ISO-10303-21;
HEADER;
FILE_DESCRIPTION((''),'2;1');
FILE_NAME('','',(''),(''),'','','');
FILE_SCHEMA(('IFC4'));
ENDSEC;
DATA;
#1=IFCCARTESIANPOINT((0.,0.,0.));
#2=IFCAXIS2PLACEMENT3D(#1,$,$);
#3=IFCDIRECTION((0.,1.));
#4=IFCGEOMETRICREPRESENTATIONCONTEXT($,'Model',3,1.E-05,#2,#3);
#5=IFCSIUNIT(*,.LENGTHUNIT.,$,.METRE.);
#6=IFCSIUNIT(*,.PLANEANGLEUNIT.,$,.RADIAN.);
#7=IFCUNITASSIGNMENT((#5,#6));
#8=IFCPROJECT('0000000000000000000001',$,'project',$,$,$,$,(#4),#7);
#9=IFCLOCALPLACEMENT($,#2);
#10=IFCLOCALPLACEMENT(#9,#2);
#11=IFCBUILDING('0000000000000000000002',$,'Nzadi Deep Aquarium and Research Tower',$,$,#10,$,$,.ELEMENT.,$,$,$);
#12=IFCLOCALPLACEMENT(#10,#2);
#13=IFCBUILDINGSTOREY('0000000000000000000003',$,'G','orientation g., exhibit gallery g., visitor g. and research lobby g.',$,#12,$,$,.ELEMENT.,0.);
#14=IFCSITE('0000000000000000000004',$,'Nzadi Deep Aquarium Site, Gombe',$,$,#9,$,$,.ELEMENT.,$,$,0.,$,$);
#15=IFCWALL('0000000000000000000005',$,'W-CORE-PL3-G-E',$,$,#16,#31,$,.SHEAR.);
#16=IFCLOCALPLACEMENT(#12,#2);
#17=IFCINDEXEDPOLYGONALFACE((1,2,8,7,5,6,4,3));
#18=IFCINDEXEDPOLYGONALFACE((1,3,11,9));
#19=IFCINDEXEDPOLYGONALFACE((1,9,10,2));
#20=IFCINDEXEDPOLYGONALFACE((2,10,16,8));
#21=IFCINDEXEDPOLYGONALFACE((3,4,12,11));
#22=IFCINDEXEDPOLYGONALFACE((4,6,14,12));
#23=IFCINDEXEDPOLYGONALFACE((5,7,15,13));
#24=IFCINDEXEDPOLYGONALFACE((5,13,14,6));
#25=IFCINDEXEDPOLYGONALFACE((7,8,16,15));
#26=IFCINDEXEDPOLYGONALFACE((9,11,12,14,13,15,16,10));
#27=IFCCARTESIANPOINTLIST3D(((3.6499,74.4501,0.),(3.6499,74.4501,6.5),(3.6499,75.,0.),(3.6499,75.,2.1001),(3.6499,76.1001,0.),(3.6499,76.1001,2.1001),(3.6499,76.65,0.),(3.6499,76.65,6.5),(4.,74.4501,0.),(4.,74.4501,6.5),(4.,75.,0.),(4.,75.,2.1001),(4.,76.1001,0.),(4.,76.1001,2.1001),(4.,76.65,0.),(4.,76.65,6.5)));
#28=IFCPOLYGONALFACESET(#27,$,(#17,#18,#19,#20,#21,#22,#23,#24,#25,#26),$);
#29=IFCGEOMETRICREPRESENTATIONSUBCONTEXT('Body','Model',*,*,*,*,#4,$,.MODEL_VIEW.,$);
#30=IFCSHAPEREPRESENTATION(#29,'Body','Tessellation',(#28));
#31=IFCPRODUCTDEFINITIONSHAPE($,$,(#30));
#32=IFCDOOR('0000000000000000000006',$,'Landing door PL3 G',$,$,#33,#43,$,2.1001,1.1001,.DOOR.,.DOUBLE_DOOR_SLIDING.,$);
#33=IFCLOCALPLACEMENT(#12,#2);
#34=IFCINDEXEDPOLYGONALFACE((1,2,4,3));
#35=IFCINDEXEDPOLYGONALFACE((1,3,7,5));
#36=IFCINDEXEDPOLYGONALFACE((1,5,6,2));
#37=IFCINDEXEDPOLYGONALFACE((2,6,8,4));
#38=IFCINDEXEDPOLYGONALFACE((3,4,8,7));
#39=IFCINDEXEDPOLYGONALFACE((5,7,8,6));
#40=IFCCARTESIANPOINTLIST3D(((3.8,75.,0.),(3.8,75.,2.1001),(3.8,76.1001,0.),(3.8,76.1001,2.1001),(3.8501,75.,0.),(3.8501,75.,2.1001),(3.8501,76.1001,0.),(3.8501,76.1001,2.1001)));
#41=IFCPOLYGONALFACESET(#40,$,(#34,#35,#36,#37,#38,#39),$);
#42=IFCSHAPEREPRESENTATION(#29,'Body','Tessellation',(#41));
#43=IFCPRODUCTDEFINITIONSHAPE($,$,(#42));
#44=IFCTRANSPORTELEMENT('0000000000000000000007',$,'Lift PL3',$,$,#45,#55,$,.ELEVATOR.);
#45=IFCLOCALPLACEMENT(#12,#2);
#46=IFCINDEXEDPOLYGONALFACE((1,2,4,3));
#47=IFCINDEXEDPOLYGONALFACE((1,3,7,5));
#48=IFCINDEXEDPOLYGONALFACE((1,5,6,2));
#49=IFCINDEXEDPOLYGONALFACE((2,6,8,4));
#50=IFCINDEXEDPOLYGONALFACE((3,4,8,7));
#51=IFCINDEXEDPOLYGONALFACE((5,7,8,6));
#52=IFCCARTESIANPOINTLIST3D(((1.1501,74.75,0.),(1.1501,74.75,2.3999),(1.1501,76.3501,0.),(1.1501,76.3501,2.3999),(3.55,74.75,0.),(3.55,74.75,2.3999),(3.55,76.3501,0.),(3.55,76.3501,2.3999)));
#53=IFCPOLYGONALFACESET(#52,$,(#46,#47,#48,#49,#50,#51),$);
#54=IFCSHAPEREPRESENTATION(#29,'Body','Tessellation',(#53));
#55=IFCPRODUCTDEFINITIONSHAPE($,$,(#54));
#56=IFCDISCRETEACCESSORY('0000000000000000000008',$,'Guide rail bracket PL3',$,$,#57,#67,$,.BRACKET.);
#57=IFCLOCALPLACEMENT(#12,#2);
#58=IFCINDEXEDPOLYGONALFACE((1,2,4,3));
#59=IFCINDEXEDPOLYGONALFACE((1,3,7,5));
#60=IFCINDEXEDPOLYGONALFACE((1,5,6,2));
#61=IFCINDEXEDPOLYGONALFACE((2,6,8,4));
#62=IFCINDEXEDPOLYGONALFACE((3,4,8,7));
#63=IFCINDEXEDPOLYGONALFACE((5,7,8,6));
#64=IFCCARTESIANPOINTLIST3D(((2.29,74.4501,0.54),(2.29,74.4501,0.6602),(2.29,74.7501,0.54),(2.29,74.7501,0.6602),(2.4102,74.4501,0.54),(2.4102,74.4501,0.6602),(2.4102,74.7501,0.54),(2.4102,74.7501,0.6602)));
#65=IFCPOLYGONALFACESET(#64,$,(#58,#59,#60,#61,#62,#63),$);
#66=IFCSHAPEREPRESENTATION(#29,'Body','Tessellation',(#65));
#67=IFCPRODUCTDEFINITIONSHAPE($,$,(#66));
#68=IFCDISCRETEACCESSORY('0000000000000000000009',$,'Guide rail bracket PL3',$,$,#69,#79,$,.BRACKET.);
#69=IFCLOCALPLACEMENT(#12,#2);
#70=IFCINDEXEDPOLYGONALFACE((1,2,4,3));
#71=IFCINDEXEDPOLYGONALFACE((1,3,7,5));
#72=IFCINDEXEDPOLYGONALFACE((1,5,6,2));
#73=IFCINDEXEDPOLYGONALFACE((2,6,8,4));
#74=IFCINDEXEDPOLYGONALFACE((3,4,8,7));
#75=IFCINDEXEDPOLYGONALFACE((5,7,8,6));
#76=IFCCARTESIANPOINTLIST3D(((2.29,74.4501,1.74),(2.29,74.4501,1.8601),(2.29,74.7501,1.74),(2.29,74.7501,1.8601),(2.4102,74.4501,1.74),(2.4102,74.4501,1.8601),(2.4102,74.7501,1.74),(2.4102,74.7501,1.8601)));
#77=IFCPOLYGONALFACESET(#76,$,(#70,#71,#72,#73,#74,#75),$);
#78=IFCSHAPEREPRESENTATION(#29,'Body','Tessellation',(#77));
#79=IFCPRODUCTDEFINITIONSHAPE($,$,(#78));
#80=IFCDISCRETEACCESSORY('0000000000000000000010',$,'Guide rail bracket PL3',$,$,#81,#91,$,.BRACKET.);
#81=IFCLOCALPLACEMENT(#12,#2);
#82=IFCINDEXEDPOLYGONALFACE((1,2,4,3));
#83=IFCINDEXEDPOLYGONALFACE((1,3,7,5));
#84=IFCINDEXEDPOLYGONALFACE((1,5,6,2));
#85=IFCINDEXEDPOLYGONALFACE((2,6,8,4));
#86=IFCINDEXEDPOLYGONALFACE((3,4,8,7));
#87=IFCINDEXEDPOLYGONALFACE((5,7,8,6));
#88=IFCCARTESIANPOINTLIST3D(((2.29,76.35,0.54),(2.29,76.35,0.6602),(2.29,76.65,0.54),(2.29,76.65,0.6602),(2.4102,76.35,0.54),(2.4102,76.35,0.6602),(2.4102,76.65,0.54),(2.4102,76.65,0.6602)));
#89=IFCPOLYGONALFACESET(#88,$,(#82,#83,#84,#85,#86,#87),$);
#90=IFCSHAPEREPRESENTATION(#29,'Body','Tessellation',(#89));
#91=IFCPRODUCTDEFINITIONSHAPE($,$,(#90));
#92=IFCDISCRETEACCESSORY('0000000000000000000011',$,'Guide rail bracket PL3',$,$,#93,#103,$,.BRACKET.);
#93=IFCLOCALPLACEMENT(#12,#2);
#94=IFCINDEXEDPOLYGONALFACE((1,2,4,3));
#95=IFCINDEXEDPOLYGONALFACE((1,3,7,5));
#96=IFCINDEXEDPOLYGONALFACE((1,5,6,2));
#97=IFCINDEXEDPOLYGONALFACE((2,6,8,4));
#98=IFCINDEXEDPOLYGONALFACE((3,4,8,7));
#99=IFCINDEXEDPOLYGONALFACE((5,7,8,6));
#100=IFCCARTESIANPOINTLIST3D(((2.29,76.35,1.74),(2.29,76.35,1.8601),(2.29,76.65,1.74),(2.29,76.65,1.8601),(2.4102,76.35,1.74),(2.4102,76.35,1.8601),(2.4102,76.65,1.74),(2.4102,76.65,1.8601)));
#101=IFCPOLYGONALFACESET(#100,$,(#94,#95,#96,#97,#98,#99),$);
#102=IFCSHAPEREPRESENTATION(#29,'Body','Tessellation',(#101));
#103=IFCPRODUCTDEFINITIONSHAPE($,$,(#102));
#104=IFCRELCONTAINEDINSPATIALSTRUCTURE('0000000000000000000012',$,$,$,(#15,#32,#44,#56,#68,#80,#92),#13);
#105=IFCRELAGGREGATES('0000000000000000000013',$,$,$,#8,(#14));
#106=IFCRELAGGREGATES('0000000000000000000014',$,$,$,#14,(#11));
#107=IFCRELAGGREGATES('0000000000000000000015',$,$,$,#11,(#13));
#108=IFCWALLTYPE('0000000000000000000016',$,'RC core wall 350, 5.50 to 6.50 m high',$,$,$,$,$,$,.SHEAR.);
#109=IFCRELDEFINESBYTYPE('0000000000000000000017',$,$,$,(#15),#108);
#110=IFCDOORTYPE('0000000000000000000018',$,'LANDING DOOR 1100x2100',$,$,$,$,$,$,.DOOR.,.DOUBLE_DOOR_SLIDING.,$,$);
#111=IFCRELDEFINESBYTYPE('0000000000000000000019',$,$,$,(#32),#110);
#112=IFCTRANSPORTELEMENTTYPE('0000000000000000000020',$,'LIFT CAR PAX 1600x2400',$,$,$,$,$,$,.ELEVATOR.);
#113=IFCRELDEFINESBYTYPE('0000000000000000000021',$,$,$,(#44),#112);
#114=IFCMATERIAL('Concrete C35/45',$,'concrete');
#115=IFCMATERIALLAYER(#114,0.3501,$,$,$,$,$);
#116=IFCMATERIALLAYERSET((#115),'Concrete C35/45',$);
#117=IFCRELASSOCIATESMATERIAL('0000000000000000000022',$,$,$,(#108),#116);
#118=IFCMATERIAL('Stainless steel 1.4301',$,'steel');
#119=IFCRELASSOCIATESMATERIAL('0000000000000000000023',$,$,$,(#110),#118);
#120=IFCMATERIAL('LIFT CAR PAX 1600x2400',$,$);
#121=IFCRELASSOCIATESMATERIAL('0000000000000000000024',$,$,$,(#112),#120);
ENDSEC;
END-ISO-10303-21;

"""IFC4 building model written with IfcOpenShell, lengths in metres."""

from ifc_helpers import new_model, si_unit, direction, frame, frame_2d, origin, origin_2d, place, context, subcontext, project, spatial, rectangle, extrude, material, layer, layer_set, type_object, element, fill, save


model = new_model("IFC4")

# Units and contexts
model_context = context("Model", 3, precision=1e-05, world=origin(), true_north=direction((0.0, 1.0)))
body_context = subcontext(model_context, "Body", "Model", "MODEL_VIEW")
ifc_project = project(units=[si_unit("LENGTHUNIT", "METRE"), si_unit("PLANEANGLEUNIT", "RADIAN")], contexts=[model_context])

# Site, building, storey
site_placement = place(None, origin())
site = spatial("IfcSite", under=ifc_project, at=site_placement, Name="Nzadi Deep Aquarium Site, Gombe", CompositionType="ELEMENT", RefElevation=0.0)
building_placement = place(site_placement, origin())
building = spatial("IfcBuilding", under=site, at=building_placement, Name="Nzadi Deep Aquarium and Research Tower", CompositionType="ELEMENT")
storey_placement = place(building_placement, origin())
storey = spatial("IfcBuildingStorey", under=building, at=storey_placement, Name="G", Description="orientation g., exhibit gallery g., visitor g. and research lobby g.", CompositionType="ELEMENT", Elevation=0.0)

# Shared definitions
ifc_material_1 = material(Name="Concrete C35/45", Category="concrete")
ifc_layer_1 = layer(ifc_material_1, 0.3501)
ifc_layer_set_1 = layer_set([ifc_layer_1], Name="Concrete C35/45")
wall_type_1 = type_object("IfcWallType", Name="RC core wall 350, 5.50 to 6.50 m high", PredefinedType="SHEAR", material=ifc_layer_set_1)

# Wall, opening, door
wall_1_placement = place(storey_placement, frame((3.825, 74.45, 0.0), z_axis=(0.0, 0.0, 1.0), x_axis=(0.0, 1.0, 0.0)))
wall_1 = element("IfcWall", 1, at=wall_1_placement, inside=storey, type_object=wall_type_1, Name="W-CORE-PL3-G-E", PredefinedType="SHEAR", context=body_context, shape_type="SweptSolid", body=[
    extrude(rectangle(XDim=2.2, YDim=0.3501, at=frame_2d((1.1001, 0.0))), origin(), (0.0, 0.0, 1.0), 6.5),
])
opening_1_placement = place(wall_1_placement, frame((0.55, 0.0, 0.0)))
opening_1 = element("IfcOpeningElement", 2, at=opening_1_placement, cuts=wall_1, PredefinedType="OPENING", context=body_context, shape_type="SweptSolid", body=[
    extrude(rectangle(XDim=1.1001, YDim=2.1001, at=frame_2d((0.55, 1.05))), frame((0.0, 0.1851, 0.0), z_axis=(0.0, -1.0, 0.0), x_axis=(1.0, 0.0, 0.0)), (0.0, 0.0, 1.0), 0.3701),
])
ifc_material_2 = material(Name="Stainless steel 1.4301", Category="steel")
door_type_1 = type_object("IfcDoorType", Name="LANDING DOOR 1100x2100", OperationType="DOUBLE_DOOR_SLIDING", PredefinedType="DOOR", material=ifc_material_2)
door_1_placement = place(opening_1_placement, origin())
door_1 = element("IfcDoor", 3, at=door_1_placement, inside=storey, type_object=door_type_1, Name="Landing door PL3 G", OperationType="DOUBLE_DOOR_SLIDING", OverallHeight=2.1001, OverallWidth=1.1001, PredefinedType="DOOR", context=body_context, shape_type="SweptSolid", body=[
    extrude(rectangle(XDim=1.1001, YDim=2.1001, at=frame_2d((0.55, 1.05))), frame((0.0, 0.0249, 0.0), z_axis=(0.0, -1.0, 0.0), x_axis=(1.0, 0.0, 0.0)), (0.0, 0.0, 1.0), 0.05),
])
fill(opening_1, door_1)

# Transport element
ifc_material_3 = material(Name="LIFT CAR PAX 1600x2400")
transport_element_type = type_object("IfcTransportElementType", Name="LIFT CAR PAX 1600x2400", PredefinedType="ELEVATOR", material=ifc_material_3)
transport_element_placement = place(storey_placement, frame((2.3501, 75.55, 0.0), z_axis=(0.0, 0.0, 1.0), x_axis=(1.0, 0.0, 0.0)))
element("IfcTransportElement", 4, at=transport_element_placement, inside=storey, type_object=transport_element_type, Name="Lift PL3", PredefinedType="ELEVATOR", context=body_context, shape_type="SweptSolid", body=[
    extrude(rectangle(XDim=2.3999, YDim=1.6001, at=origin_2d()), origin(), (0.0, 0.0, 1.0), 2.3999),
])

# Discrete accessories
for number, where, z_axis, x_axis, name in (
    (5, (2.3501, 74.6001, 0.54), (0.0, 0.0, 1.0), (1.0, 0.0, 0.0), "Guide rail bracket PL3"),
    (6, (2.3501, 74.6001, 1.74), (0.0, 0.0, 1.0), (1.0, 0.0, 0.0), "Guide rail bracket PL3"),
    (7, (2.3501, 76.5, 0.54), (0.0, 0.0, 1.0), (1.0, 0.0, 0.0), "Guide rail bracket PL3"),
    (8, (2.3501, 76.5, 1.74), (0.0, 0.0, 1.0), (1.0, 0.0, 0.0), "Guide rail bracket PL3"),
):
    element("IfcDiscreteAccessory", number, at=place(storey_placement, frame(where, z_axis=z_axis, x_axis=x_axis)), inside=storey, Name=name, PredefinedType="BRACKET", context=body_context, shape_type="SweptSolid", body=[
        extrude(rectangle(XDim=0.1201, YDim=0.3, at=origin_2d()), origin(), (0.0, 0.0, 1.0), 0.1201),
    ])

save(model, "model.ifc")
